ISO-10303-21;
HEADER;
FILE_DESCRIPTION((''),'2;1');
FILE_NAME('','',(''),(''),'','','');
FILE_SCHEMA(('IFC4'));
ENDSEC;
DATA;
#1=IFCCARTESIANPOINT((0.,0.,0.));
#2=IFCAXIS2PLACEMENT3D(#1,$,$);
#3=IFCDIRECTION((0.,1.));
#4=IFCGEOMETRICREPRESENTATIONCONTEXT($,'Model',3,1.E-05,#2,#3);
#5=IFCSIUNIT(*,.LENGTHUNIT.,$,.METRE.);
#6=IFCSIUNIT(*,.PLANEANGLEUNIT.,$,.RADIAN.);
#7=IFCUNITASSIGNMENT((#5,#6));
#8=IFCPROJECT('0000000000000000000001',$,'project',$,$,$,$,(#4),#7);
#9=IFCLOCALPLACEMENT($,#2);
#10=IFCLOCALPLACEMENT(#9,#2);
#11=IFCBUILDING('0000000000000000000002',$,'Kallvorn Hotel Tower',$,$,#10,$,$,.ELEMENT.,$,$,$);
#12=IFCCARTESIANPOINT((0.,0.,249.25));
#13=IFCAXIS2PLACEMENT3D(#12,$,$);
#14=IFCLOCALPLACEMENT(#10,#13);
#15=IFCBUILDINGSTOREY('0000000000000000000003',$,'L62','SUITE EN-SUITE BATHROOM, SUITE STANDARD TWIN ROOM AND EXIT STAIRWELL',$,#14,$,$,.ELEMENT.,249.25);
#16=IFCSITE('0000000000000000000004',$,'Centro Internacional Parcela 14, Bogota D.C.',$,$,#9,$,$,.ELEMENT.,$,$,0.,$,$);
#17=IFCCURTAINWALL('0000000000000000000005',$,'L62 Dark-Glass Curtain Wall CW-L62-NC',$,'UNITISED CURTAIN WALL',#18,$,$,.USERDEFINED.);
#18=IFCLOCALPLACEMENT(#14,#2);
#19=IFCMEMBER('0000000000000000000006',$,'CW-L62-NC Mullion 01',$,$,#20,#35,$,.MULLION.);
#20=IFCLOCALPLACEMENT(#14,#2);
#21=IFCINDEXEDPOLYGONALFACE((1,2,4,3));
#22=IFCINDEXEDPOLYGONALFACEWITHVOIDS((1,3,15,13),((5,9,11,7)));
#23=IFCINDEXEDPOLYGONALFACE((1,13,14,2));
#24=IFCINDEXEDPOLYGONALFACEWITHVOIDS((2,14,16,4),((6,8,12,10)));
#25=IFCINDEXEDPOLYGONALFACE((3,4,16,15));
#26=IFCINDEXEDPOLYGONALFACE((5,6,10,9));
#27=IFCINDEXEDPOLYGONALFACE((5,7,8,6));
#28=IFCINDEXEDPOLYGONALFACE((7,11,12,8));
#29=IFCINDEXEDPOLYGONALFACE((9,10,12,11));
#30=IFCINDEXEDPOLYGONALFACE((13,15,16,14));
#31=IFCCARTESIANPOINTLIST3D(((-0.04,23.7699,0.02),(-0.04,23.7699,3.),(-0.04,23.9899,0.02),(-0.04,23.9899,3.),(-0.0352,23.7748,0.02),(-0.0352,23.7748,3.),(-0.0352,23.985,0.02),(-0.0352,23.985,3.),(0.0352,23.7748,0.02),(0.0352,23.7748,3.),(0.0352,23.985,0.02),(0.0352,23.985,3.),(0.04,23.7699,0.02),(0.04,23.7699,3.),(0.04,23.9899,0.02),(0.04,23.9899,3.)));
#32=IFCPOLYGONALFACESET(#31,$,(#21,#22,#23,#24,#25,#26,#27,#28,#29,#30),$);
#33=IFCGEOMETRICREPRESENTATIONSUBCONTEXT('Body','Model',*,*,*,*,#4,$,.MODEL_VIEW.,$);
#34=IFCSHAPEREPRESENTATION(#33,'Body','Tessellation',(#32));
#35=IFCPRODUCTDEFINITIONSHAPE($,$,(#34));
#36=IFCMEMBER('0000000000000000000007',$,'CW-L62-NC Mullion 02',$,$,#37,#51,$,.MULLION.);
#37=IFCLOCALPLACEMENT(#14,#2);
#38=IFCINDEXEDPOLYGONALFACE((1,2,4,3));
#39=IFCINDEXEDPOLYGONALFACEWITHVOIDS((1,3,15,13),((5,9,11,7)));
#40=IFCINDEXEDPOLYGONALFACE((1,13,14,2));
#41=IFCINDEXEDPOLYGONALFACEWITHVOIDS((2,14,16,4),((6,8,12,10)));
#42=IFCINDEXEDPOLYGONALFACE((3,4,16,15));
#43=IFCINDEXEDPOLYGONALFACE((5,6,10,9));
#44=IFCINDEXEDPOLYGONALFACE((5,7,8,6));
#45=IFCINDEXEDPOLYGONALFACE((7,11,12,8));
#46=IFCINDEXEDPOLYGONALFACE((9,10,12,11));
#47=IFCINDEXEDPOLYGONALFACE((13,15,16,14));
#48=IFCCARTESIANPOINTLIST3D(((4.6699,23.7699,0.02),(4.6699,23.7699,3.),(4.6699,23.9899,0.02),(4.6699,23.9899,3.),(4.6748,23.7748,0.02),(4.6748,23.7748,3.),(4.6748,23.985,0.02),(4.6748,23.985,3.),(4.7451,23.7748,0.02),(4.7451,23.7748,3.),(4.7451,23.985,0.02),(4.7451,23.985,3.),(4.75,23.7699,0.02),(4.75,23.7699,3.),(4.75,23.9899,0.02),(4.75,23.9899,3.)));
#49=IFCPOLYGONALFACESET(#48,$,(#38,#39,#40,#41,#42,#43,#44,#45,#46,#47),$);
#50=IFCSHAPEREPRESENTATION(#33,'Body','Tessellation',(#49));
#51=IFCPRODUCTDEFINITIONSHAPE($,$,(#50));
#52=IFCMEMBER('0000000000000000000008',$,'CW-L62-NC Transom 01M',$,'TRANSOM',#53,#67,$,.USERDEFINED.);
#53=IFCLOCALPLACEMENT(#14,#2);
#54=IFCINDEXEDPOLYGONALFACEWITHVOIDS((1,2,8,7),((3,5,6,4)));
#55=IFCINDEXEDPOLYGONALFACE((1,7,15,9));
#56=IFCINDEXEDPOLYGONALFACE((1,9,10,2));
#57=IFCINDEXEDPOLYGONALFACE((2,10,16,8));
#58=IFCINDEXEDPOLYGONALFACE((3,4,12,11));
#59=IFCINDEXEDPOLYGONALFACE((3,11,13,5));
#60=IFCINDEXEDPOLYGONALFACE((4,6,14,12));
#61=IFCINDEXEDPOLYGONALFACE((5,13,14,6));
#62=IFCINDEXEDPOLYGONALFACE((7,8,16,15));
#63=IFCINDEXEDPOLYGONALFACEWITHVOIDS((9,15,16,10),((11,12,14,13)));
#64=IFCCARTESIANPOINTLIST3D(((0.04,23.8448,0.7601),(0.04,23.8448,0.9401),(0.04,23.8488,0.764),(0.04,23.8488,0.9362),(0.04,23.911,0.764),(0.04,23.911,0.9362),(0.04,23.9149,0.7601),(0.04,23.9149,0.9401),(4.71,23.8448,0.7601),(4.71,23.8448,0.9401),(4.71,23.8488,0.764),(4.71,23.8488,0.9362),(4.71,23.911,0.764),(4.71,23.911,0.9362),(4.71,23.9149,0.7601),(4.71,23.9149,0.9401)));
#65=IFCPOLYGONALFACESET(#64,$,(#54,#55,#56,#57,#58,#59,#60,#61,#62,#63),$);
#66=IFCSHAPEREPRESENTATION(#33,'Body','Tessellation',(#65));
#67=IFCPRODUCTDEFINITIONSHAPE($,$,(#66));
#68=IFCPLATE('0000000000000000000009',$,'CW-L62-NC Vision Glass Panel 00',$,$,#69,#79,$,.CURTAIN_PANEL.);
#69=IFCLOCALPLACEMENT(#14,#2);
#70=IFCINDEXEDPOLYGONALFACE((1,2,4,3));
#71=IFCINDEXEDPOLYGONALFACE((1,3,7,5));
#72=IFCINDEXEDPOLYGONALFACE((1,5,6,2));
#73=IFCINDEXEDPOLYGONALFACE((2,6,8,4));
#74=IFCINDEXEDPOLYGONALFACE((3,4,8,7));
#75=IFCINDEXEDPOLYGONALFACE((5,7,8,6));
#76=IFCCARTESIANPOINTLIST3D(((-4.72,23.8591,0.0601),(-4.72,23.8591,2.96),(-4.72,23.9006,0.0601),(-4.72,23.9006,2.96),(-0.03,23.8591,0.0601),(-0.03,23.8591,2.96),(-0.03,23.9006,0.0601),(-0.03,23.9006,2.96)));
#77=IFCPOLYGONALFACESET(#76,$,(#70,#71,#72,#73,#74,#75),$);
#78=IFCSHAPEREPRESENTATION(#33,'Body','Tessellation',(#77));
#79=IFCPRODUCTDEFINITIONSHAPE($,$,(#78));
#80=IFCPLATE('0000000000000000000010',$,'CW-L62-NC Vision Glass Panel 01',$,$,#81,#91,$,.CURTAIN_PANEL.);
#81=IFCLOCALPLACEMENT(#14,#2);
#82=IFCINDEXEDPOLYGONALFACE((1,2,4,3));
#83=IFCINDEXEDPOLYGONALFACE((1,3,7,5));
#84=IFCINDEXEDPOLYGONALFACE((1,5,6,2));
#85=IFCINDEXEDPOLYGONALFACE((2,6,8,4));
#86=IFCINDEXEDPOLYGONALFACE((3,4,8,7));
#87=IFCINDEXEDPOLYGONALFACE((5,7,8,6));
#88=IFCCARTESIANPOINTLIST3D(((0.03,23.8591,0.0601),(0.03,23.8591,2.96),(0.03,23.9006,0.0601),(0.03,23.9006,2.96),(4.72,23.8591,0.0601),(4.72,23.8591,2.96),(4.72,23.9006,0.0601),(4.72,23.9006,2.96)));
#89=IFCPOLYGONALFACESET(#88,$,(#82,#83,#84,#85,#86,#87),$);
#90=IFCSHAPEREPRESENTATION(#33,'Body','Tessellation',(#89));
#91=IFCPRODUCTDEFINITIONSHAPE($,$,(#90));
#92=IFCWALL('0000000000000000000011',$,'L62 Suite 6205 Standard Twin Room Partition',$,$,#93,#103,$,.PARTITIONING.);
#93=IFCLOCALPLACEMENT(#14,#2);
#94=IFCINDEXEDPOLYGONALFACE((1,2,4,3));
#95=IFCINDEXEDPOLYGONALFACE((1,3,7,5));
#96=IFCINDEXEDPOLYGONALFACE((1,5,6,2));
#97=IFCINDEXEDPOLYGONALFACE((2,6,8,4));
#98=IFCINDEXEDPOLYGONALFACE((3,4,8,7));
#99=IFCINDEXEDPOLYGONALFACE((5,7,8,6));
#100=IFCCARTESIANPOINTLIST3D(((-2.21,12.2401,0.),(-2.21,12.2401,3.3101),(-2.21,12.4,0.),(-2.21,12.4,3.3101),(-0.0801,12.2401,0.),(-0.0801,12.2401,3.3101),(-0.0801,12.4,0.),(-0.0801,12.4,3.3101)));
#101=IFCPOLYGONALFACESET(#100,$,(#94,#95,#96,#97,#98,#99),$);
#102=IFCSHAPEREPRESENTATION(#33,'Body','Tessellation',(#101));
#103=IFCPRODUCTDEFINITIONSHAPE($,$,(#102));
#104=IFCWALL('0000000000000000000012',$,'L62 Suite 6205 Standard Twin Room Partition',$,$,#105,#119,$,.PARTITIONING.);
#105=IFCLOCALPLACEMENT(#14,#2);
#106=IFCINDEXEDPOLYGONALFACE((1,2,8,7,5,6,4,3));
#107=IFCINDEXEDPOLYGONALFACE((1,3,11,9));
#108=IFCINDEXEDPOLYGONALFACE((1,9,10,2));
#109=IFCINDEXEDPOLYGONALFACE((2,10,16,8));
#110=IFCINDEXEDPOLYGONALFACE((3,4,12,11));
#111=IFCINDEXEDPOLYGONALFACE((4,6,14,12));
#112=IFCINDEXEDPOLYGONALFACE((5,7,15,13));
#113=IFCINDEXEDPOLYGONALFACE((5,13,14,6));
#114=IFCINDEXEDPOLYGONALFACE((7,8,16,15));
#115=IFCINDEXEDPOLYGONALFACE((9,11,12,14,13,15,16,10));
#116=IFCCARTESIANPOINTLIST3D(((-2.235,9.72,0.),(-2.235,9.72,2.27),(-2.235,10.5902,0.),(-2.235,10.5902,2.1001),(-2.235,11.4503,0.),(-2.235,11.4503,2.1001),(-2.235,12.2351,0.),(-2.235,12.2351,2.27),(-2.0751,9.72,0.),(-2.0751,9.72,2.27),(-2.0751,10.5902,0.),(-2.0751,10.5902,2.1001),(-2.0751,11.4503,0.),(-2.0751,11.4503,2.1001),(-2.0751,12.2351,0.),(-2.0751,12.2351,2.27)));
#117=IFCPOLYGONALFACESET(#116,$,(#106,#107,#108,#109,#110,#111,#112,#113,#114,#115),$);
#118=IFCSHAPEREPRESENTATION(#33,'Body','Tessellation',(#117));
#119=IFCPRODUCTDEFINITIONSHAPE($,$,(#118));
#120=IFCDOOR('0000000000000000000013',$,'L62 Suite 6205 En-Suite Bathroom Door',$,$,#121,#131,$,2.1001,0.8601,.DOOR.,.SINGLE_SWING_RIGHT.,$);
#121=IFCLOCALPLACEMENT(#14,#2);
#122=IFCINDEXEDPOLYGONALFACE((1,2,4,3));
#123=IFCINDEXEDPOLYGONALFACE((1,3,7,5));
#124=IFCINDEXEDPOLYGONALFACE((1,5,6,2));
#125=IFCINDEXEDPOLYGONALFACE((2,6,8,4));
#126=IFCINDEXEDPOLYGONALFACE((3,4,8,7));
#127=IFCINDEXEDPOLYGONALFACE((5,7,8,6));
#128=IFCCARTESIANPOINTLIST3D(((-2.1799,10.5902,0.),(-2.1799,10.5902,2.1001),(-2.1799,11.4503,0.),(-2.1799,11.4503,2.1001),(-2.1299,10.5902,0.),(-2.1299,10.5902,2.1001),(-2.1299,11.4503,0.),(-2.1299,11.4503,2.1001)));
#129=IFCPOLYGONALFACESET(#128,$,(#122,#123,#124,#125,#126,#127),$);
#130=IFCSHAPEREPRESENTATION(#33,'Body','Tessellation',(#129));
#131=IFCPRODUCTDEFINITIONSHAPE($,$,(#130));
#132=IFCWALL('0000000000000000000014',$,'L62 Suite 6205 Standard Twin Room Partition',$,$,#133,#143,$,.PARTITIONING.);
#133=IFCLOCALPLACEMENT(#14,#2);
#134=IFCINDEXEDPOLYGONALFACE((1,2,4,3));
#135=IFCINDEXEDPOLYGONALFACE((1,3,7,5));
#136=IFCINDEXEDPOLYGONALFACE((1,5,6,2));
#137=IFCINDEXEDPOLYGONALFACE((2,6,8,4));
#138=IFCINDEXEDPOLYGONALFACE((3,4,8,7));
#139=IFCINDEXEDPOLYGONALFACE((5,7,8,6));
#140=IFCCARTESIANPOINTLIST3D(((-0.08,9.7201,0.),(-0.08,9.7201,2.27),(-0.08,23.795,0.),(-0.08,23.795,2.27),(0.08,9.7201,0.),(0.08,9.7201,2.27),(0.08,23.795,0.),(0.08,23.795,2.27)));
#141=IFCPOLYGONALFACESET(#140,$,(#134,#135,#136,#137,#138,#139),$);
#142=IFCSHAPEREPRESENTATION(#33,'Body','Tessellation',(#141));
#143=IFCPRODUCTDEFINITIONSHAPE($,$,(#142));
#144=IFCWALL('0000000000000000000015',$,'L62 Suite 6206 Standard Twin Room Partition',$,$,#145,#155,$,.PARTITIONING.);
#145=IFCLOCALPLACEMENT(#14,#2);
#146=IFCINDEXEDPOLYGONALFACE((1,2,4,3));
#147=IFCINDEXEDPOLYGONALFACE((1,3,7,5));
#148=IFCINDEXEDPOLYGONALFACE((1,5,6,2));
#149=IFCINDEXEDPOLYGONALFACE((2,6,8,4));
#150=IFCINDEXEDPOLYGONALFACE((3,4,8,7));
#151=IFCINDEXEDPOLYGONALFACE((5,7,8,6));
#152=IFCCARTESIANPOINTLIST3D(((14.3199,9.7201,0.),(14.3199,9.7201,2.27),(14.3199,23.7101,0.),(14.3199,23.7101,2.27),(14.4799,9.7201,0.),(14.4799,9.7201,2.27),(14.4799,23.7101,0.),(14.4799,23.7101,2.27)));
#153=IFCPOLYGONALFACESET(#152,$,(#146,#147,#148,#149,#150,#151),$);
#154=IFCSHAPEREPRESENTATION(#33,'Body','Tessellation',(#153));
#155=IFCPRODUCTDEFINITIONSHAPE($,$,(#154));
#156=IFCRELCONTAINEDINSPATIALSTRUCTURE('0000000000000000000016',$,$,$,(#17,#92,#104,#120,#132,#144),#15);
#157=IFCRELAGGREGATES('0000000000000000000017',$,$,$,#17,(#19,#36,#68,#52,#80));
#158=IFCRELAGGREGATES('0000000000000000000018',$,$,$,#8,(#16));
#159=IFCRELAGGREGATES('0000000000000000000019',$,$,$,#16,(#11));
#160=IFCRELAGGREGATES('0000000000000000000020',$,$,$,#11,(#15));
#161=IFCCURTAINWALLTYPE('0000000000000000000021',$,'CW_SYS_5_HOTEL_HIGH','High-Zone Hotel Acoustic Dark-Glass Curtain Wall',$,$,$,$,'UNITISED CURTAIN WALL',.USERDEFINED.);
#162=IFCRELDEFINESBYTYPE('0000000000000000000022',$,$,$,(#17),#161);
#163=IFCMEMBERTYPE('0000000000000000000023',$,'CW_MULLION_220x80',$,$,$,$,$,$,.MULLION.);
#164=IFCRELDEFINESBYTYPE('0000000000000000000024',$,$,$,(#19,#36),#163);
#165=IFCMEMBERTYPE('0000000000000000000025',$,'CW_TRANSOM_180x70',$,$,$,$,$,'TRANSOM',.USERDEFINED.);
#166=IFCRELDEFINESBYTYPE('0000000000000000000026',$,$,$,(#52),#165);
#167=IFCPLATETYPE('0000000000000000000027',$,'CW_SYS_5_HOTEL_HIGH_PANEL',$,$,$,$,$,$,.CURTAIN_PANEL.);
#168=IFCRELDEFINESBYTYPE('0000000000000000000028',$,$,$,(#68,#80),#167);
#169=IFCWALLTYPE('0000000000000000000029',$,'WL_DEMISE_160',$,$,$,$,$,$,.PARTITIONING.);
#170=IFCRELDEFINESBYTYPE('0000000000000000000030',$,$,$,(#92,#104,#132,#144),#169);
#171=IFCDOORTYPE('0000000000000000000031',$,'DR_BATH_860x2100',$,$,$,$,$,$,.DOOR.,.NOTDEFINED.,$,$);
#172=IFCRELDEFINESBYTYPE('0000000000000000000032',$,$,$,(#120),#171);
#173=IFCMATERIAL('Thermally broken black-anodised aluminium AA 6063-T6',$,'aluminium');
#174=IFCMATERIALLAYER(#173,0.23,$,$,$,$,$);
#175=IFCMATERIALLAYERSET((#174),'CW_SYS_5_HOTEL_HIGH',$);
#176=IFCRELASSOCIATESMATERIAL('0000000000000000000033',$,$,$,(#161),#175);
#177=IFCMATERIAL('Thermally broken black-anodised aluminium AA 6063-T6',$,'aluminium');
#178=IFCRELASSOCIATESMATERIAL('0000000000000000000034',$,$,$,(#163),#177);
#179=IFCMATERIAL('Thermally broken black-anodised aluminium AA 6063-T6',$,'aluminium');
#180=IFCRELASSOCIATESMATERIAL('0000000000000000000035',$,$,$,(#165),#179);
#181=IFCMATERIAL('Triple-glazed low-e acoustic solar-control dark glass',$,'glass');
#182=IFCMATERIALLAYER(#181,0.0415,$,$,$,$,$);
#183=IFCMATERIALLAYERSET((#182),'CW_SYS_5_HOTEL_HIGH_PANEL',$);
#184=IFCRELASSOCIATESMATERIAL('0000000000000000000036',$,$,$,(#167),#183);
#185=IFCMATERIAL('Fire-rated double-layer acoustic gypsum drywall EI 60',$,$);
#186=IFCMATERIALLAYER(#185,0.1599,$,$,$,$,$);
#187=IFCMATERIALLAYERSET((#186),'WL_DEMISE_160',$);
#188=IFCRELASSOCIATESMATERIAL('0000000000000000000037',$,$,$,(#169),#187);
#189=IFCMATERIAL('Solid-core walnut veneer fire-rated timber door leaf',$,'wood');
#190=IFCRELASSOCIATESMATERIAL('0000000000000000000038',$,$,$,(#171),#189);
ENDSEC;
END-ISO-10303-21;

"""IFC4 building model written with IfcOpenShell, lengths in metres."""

from ifc_helpers import new_model, si_unit, direction, frame, frame_2d, origin, origin_2d, place, context, subcontext, project, spatial, rectangle, hollow_rectangle, extrude, material, layer, layer_set, material_profile, profile_set, type_object, element, fill, aggregate, save


model = new_model("IFC4")

# Units and contexts
model_context = context("Model", 3, precision=1e-05, world=origin(), true_north=direction((0.0, 1.0)))
body_context = subcontext(model_context, "Body", "Model", "MODEL_VIEW")
ifc_project = project(units=[si_unit("LENGTHUNIT", "METRE"), si_unit("PLANEANGLEUNIT", "RADIAN")], contexts=[model_context])

# Site, building, storey
site_placement = place(None, origin())
site = spatial("IfcSite", under=ifc_project, at=site_placement, Name="Centro Internacional Parcela 14, Bogota D.C.", CompositionType="ELEMENT", RefElevation=0.0)
building_placement = place(site_placement, origin())
building = spatial("IfcBuilding", under=site, at=building_placement, Name="Kallvorn Hotel Tower", CompositionType="ELEMENT")
storey_placement = place(building_placement, frame((0.0, 0.0, 249.25)))
storey = spatial("IfcBuildingStorey", under=building, at=storey_placement, Name="L62", Description="SUITE EN-SUITE BATHROOM, SUITE STANDARD TWIN ROOM AND EXIT STAIRWELL", CompositionType="ELEMENT", Elevation=249.25)

# Curtain wall, members, plates
ifc_material_1 = material(Name="Thermally broken black-anodised aluminium AA 6063-T6", Category="aluminium")
ifc_layer_1 = layer(ifc_material_1, 0.23)
ifc_layer_set_1 = layer_set([ifc_layer_1], Name="CW_SYS_5_HOTEL_HIGH")
curtain_wall_type = type_object("IfcCurtainWallType", Name="CW_SYS_5_HOTEL_HIGH", Description="High-Zone Hotel Acoustic Dark-Glass Curtain Wall", ElementType="UNITISED CURTAIN WALL", PredefinedType="USERDEFINED", material=ifc_layer_set_1)
curtain_wall_placement = place(storey_placement, origin())
curtain_wall = element("IfcCurtainWall", 1, at=curtain_wall_placement, inside=storey, type_object=curtain_wall_type, Name="L62 Dark-Glass Curtain Wall CW-L62-NC", ObjectType="UNITISED CURTAIN WALL", PredefinedType="USERDEFINED")
ifc_material_2 = material(Name="Thermally broken black-anodised aluminium AA 6063-T6", Category="aluminium")
ifc_material_profile_1 = material_profile(ifc_material_2, hollow_rectangle(XDim=0.0801, YDim=0.22, WallThickness=0.0049, at=origin_2d()), Name="MUL 220x80")
ifc_profile_set_1 = profile_set([ifc_material_profile_1], Name="Thermally broken black-anodised aluminium AA 6063-T6")
member_type_1 = type_object("IfcMemberType", Name="CW_MULLION_220x80", PredefinedType="MULLION", material=ifc_profile_set_1)
member_1_placement = place(storey_placement, frame((0.0, 23.8799, 0.02), z_axis=(0.0, 0.0, 1.0), x_axis=(1.0, 0.0, 0.0)))
member_1 = element("IfcMember", 2, at=member_1_placement, type_object=member_type_1, Name="CW-L62-NC Mullion 01", PredefinedType="MULLION", context=body_context, shape_type="SweptSolid", body=[
    extrude(hollow_rectangle(XDim=0.0801, YDim=0.22, WallThickness=0.0049, at=origin_2d()), origin(), (0.0, 0.0, 1.0), 2.98),
])
member_2_placement = place(storey_placement, frame((4.71, 23.8799, 0.02), z_axis=(0.0, 0.0, 1.0), x_axis=(1.0, 0.0, 0.0)))
member_2 = element("IfcMember", 3, at=member_2_placement, type_object=member_type_1, Name="CW-L62-NC Mullion 02", PredefinedType="MULLION", context=body_context, shape_type="SweptSolid", body=[
    extrude(hollow_rectangle(XDim=0.0801, YDim=0.22, WallThickness=0.0049, at=origin_2d()), origin(), (0.0, 0.0, 1.0), 2.98),
])
ifc_material_3 = material(Name="Thermally broken black-anodised aluminium AA 6063-T6", Category="aluminium")
ifc_material_profile_2 = material_profile(ifc_material_3, hollow_rectangle(XDim=0.0701, YDim=0.1799, WallThickness=0.0039, at=origin_2d()), Name="TRN 180x70")
ifc_profile_set_2 = profile_set([ifc_material_profile_2], Name="Thermally broken black-anodised aluminium AA 6063-T6")
member_type_2 = type_object("IfcMemberType", Name="CW_TRANSOM_180x70", ElementType="TRANSOM", PredefinedType="USERDEFINED", material=ifc_profile_set_2)
member_3_placement = place(storey_placement, frame((0.04, 23.8799, 0.8501), z_axis=(1.0, 0.0, 0.0), x_axis=(0.0, 1.0, 0.0)))
member_3 = element("IfcMember", 4, at=member_3_placement, type_object=member_type_2, Name="CW-L62-NC Transom 01M", ObjectType="TRANSOM", PredefinedType="USERDEFINED", context=body_context, shape_type="SweptSolid", body=[
    extrude(hollow_rectangle(XDim=0.0701, YDim=0.1799, WallThickness=0.0039, at=origin_2d()), origin(), (0.0, 0.0, 1.0), 4.6699),
])
ifc_material_4 = material(Name="Triple-glazed low-e acoustic solar-control dark glass", Category="glass")
ifc_layer_2 = layer(ifc_material_4, 0.0415)
ifc_layer_set_2 = layer_set([ifc_layer_2], Name="CW_SYS_5_HOTEL_HIGH_PANEL")
plate_type = type_object("IfcPlateType", Name="CW_SYS_5_HOTEL_HIGH_PANEL", PredefinedType="CURTAIN_PANEL", material=ifc_layer_set_2)
plate_1_placement = place(storey_placement, frame((-2.375, 23.8799, 0.0601), z_axis=(0.0, 0.0, 1.0), x_axis=(1.0, 0.0, 0.0)))
plate_1 = element("IfcPlate", 5, at=plate_1_placement, type_object=plate_type, Name="CW-L62-NC Vision Glass Panel 00", PredefinedType="CURTAIN_PANEL", context=body_context, shape_type="SweptSolid", body=[
    extrude(rectangle(XDim=4.6899, YDim=0.0415, at=origin_2d()), origin(), (0.0, 0.0, 1.0), 2.8999),
])
plate_2_placement = place(storey_placement, frame((2.375, 23.8799, 0.0601), z_axis=(0.0, 0.0, 1.0), x_axis=(1.0, 0.0, 0.0)))
plate_2 = element("IfcPlate", 6, at=plate_2_placement, type_object=plate_type, Name="CW-L62-NC Vision Glass Panel 01", PredefinedType="CURTAIN_PANEL", context=body_context, shape_type="SweptSolid", body=[
    extrude(rectangle(XDim=4.6899, YDim=0.0415, at=origin_2d()), origin(), (0.0, 0.0, 1.0), 2.8999),
])
aggregate(curtain_wall, [member_1, member_2, plate_1, member_3, plate_2])

# Wall
ifc_material_5 = material(Name="Fire-rated double-layer acoustic gypsum drywall EI 60")
ifc_layer_3 = layer(ifc_material_5, 0.1599)
ifc_layer_set_3 = layer_set([ifc_layer_3], Name="WL_DEMISE_160")
wall_type_1 = type_object("IfcWallType", Name="WL_DEMISE_160", PredefinedType="PARTITIONING", material=ifc_layer_set_3)
wall_1_placement = place(storey_placement, frame((-2.21, 12.3201, 0.0), z_axis=(0.0, 0.0, 1.0), x_axis=(1.0, 0.0, 0.0)))
element("IfcWall", 7, at=wall_1_placement, inside=storey, type_object=wall_type_1, Name="L62 Suite 6205 Standard Twin Room Partition", PredefinedType="PARTITIONING", context=body_context, shape_type="SweptSolid", body=[
    extrude(rectangle(XDim=2.1299, YDim=0.1599, at=frame_2d((1.0649, 0.0))), origin(), (0.0, 0.0, 1.0), 3.3101),
])

# Wall, opening, door
wall_2_placement = place(storey_placement, frame((-2.155, 9.72, 0.0), z_axis=(0.0, 0.0, 1.0), x_axis=(0.0, 1.0, 0.0)))
wall_2 = element("IfcWall", 8, at=wall_2_placement, inside=storey, type_object=wall_type_1, Name="L62 Suite 6205 Standard Twin Room Partition", PredefinedType="PARTITIONING", context=body_context, shape_type="SweptSolid", body=[
    extrude(rectangle(XDim=2.5151, YDim=0.1599, at=frame_2d((1.2576, 0.0))), origin(), (0.0, 0.0, 1.0), 2.27),
])
opening_1_placement = place(wall_2_placement, frame((0.8701, 0.0, 0.0)))
opening_1 = element("IfcOpeningElement", 9, at=opening_1_placement, cuts=wall_2, PredefinedType="OPENING", context=body_context, shape_type="SweptSolid", body=[
    extrude(rectangle(XDim=0.8601, YDim=2.1001, at=frame_2d((0.4302, 1.05))), frame((0.0, 0.095, 0.0), z_axis=(0.0, -1.0, 0.0), x_axis=(1.0, 0.0, 0.0)), (0.0, 0.0, 1.0), 0.1899),
])
ifc_material_6 = material(Name="Solid-core walnut veneer fire-rated timber door leaf", Category="wood")
door_type = type_object("IfcDoorType", Name="DR_BATH_860x2100", OperationType="NOTDEFINED", PredefinedType="DOOR", material=ifc_material_6)
door_placement = place(opening_1_placement, origin())
door = element("IfcDoor", 10, at=door_placement, inside=storey, type_object=door_type, Name="L62 Suite 6205 En-Suite Bathroom Door", OperationType="SINGLE_SWING_RIGHT", OverallHeight=2.1001, OverallWidth=0.8601, PredefinedType="DOOR", context=body_context, shape_type="SweptSolid", body=[
    extrude(rectangle(XDim=0.8601, YDim=2.1001, at=frame_2d((0.4302, 1.05))), frame((0.0, 0.0249, 0.0), z_axis=(0.0, -1.0, 0.0), x_axis=(1.0, 0.0, 0.0)), (0.0, 0.0, 1.0), 0.05),
])
fill(opening_1, door)

# Walls
wall_3_placement = place(storey_placement, frame((0.0, 9.72, 0.0), z_axis=(0.0, 0.0, 1.0), x_axis=(0.0, 1.0, 0.0)))
element("IfcWall", 11, at=wall_3_placement, inside=storey, type_object=wall_type_1, Name="L62 Suite 6205 Standard Twin Room Partition", PredefinedType="PARTITIONING", context=body_context, shape_type="SweptSolid", body=[
    extrude(rectangle(XDim=14.075, YDim=0.1599, at=frame_2d((7.0376, 0.0))), origin(), (0.0, 0.0, 1.0), 2.27),
])
wall_4_placement = place(storey_placement, frame((14.3999, 9.72, 0.0), z_axis=(0.0, 0.0, 1.0), x_axis=(0.0, 1.0, 0.0)))
element("IfcWall", 12, at=wall_4_placement, inside=storey, type_object=wall_type_1, Name="L62 Suite 6206 Standard Twin Room Partition", PredefinedType="PARTITIONING", context=body_context, shape_type="SweptSolid", body=[
    extrude(rectangle(XDim=13.99, YDim=0.1599, at=frame_2d((6.9951, 0.0))), origin(), (0.0, 0.0, 1.0), 2.27),
])

save(model, "model.ifc")
